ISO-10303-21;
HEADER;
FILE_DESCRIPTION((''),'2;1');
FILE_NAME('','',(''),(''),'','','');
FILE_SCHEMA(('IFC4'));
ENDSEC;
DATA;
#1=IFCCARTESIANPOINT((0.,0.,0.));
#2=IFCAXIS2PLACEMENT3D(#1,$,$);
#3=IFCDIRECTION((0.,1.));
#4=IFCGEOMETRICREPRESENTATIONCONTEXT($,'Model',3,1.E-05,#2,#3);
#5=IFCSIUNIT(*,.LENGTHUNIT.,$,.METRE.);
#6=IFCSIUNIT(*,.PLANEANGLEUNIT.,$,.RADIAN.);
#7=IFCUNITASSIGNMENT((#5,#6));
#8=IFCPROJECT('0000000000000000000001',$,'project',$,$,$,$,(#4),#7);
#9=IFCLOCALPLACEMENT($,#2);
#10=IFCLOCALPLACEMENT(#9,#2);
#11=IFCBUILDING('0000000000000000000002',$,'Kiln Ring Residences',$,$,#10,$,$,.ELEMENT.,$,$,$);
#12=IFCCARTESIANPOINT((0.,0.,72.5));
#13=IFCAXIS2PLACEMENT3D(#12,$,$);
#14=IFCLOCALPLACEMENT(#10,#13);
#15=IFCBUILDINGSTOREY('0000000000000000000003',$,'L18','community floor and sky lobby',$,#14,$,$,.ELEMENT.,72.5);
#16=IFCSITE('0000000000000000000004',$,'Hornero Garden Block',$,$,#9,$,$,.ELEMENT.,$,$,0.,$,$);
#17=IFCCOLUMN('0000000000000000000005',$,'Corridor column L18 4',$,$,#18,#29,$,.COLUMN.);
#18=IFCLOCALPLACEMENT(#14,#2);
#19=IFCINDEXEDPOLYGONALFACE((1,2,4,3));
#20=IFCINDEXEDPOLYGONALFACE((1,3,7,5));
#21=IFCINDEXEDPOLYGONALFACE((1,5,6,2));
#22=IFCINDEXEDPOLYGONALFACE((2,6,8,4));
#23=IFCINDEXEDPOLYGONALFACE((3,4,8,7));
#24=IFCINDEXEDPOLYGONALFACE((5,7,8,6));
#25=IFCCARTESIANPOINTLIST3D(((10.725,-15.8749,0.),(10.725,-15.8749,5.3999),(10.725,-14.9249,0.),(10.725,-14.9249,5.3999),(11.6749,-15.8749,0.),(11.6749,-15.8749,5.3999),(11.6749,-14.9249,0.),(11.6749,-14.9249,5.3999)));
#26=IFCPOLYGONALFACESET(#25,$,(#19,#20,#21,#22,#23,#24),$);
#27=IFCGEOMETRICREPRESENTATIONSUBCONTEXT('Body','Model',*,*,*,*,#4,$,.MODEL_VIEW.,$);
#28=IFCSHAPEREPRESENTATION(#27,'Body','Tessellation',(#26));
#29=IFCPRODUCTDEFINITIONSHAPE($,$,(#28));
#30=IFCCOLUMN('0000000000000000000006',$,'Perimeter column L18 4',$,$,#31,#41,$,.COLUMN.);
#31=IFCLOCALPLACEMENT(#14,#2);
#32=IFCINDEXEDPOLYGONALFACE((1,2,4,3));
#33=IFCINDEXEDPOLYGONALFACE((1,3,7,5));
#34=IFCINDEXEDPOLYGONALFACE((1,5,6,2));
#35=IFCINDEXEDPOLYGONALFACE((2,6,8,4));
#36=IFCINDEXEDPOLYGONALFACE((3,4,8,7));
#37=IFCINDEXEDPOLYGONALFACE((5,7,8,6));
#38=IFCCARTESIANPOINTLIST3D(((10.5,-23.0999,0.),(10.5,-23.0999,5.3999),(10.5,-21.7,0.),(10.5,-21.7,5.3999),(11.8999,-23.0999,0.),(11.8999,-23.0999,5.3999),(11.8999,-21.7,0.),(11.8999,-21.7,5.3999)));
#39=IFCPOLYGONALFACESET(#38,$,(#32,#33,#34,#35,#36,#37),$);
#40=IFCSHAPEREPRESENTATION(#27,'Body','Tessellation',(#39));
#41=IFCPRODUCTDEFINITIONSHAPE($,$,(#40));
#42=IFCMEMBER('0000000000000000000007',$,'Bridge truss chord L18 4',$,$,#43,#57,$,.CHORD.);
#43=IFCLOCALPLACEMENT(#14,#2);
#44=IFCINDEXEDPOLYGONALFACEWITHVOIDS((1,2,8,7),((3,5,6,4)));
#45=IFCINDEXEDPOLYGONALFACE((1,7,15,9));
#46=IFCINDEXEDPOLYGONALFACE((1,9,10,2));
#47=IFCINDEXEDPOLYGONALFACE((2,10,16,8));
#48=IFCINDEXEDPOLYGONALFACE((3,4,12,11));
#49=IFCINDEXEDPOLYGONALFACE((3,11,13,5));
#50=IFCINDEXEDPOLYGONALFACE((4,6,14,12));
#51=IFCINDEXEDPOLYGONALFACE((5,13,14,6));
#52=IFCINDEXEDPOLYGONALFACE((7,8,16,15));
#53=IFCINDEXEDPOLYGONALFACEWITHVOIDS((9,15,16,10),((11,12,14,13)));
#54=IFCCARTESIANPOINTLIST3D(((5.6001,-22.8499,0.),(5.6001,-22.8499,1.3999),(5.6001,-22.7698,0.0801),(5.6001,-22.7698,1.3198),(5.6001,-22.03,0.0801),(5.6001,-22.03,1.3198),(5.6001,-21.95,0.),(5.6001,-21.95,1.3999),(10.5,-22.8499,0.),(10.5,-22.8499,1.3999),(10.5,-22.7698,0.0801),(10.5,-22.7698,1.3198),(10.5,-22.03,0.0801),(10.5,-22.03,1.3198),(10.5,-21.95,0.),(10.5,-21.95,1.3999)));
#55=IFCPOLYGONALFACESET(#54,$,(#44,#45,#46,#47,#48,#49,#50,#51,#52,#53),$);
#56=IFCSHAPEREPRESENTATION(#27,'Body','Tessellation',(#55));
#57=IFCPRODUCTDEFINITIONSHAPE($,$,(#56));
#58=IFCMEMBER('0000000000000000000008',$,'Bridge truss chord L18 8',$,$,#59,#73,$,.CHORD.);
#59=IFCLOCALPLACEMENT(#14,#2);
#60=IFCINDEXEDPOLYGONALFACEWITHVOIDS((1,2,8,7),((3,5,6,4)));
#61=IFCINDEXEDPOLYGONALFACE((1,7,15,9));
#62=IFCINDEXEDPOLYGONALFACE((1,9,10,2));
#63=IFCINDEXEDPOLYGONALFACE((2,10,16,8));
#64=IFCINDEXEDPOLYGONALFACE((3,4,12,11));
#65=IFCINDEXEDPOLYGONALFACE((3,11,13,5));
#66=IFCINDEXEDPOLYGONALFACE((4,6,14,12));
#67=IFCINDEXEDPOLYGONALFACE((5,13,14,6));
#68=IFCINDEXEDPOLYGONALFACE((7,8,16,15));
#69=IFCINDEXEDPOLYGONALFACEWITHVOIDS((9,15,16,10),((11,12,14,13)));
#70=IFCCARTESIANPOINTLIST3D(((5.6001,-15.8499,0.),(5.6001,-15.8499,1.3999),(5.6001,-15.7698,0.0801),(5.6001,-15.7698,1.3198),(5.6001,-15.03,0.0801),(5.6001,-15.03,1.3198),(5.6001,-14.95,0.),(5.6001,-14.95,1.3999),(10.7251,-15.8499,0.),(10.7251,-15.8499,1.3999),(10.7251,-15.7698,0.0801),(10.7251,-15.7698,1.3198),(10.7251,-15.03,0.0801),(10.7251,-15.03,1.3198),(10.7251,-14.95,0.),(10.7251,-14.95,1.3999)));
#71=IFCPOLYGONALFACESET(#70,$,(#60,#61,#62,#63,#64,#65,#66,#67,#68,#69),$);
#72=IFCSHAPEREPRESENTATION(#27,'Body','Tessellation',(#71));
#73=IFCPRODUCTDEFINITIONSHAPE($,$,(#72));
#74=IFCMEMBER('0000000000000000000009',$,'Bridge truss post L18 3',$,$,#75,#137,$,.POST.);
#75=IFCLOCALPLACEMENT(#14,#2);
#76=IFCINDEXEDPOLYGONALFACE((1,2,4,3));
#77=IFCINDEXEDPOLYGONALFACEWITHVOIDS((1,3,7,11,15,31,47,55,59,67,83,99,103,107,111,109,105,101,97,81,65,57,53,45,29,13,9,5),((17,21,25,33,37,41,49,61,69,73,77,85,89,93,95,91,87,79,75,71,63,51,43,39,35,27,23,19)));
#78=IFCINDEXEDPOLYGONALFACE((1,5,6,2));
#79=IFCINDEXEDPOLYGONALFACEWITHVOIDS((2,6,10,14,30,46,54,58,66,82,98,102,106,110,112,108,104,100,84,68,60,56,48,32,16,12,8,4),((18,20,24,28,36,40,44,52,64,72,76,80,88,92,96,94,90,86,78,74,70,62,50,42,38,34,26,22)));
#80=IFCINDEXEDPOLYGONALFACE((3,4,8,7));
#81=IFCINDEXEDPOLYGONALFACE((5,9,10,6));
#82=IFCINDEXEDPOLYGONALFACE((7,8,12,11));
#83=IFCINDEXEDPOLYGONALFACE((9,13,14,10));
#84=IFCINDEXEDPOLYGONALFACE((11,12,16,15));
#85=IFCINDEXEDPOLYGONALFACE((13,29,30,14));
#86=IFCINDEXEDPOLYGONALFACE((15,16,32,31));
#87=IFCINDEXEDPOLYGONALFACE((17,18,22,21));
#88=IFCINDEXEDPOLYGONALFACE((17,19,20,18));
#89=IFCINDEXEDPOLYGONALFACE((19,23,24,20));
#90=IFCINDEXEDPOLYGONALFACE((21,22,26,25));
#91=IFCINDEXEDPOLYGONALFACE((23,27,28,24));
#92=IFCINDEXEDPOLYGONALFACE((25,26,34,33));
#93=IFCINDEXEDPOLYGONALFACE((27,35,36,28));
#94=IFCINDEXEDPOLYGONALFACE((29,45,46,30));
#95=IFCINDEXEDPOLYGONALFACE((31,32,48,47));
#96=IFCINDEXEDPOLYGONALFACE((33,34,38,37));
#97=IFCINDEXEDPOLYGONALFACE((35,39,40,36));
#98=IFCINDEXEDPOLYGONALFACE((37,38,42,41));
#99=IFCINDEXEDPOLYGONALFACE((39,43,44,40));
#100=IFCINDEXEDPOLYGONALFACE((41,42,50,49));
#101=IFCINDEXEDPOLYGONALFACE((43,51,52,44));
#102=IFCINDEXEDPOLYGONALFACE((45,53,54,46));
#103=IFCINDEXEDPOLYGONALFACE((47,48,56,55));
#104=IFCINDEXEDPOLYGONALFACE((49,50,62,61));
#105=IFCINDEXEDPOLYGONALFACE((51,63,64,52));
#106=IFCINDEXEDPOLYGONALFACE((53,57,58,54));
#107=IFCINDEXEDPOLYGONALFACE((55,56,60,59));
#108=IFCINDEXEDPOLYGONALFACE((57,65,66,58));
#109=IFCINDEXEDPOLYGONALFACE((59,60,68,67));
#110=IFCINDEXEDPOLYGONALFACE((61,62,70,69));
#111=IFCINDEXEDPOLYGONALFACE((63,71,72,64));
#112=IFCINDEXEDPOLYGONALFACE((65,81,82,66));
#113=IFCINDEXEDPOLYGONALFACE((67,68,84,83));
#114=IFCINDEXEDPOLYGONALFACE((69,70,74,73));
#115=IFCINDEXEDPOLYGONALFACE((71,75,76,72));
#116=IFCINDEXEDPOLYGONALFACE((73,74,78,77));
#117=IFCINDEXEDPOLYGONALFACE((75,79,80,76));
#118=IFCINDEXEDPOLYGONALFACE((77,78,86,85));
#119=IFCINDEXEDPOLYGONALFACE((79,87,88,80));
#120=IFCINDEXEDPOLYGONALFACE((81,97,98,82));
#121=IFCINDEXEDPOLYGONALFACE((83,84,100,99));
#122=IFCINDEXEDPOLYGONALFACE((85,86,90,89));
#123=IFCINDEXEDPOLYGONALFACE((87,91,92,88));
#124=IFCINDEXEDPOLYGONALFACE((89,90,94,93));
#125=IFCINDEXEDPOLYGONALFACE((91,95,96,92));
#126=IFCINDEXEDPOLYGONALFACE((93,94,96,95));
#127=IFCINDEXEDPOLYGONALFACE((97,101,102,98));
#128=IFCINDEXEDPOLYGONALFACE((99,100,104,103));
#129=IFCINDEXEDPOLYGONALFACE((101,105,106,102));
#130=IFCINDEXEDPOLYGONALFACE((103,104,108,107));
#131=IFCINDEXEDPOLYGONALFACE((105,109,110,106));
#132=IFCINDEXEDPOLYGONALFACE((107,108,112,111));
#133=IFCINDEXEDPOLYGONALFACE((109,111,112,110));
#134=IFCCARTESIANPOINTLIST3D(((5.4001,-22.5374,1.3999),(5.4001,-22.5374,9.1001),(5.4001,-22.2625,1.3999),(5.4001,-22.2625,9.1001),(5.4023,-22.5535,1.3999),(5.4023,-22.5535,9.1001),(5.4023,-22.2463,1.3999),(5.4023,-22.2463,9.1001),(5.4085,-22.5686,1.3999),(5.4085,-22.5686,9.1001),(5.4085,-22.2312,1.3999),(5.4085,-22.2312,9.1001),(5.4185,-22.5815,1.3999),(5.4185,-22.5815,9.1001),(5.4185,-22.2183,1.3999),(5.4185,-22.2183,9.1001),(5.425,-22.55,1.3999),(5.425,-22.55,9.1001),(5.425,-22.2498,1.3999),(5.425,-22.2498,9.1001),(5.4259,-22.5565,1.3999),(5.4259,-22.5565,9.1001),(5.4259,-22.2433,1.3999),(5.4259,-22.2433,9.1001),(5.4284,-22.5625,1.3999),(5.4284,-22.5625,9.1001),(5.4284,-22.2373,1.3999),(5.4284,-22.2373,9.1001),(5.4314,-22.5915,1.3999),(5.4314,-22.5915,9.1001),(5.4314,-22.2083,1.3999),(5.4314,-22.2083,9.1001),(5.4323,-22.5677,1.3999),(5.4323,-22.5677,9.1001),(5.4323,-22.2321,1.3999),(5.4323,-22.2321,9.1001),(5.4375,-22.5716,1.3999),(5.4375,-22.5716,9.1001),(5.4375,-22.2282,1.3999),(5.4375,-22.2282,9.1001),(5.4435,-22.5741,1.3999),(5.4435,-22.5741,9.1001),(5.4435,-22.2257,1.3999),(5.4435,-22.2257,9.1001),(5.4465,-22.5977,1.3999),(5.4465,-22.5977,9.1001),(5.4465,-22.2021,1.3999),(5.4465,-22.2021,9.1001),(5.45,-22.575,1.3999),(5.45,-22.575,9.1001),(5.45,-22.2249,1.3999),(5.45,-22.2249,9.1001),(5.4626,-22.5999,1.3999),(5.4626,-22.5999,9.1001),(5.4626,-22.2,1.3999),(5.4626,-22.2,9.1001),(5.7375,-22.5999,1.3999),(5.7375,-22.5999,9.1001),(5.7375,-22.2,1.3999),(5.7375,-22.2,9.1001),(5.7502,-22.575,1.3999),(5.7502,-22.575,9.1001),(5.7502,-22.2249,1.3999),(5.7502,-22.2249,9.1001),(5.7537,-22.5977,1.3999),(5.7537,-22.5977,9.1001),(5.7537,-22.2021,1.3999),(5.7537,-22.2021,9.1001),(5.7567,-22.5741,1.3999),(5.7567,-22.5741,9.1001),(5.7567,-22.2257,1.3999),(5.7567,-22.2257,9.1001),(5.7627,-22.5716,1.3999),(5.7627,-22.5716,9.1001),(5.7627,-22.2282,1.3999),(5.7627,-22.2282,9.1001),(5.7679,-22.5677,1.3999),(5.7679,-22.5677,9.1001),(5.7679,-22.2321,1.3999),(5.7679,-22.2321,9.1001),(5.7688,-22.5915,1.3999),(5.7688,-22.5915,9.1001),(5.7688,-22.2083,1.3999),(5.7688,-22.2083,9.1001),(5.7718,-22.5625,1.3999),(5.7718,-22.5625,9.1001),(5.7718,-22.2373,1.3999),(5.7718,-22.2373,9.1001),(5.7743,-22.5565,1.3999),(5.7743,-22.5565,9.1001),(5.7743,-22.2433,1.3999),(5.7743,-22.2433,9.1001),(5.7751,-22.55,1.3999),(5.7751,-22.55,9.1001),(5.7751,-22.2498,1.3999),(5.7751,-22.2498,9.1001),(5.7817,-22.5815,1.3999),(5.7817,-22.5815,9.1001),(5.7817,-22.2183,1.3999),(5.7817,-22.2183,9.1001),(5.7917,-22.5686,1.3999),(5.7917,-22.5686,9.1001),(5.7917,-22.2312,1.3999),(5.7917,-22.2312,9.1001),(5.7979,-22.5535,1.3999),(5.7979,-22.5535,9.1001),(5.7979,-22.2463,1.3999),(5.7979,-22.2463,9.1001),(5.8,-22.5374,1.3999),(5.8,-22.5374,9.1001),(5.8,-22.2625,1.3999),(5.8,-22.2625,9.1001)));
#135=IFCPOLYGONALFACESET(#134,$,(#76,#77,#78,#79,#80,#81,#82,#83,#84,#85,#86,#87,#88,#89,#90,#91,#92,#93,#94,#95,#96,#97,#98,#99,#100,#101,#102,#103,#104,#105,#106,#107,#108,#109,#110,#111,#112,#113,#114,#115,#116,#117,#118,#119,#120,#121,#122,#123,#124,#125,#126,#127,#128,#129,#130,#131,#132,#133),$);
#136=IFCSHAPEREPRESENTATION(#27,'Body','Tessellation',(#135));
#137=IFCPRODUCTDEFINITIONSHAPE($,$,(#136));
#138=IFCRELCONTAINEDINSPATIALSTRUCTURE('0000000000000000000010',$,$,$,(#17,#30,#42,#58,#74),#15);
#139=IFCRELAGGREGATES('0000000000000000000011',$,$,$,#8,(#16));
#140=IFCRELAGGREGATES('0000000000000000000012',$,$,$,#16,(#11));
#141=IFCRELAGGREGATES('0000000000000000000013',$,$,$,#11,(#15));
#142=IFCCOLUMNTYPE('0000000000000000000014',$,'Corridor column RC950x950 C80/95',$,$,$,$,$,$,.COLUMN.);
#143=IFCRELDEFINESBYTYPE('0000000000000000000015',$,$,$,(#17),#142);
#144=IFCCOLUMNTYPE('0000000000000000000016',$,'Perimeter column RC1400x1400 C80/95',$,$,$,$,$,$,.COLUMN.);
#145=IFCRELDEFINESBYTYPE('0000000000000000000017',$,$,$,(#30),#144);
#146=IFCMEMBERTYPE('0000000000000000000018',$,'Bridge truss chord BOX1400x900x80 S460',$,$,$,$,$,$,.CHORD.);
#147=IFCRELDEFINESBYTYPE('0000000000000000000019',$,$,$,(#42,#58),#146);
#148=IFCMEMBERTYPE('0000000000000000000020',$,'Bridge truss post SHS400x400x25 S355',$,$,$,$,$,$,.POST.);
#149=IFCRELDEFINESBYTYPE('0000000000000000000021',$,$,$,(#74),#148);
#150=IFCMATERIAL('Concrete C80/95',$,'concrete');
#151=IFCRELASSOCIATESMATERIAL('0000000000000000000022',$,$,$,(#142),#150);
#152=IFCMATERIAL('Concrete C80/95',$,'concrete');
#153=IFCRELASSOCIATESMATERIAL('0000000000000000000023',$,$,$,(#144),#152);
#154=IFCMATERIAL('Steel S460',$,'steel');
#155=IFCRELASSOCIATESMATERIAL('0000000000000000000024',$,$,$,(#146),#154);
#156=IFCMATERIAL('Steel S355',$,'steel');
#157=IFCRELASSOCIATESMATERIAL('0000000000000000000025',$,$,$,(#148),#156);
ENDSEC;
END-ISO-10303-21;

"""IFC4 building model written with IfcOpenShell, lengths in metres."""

from ifc_helpers import new_model, si_unit, direction, frame, origin, origin_2d, place, context, subcontext, project, spatial, rectangle, hollow_rectangle, extrude, material, material_profile, profile_set, type_object, element, save


model = new_model("IFC4")

# Units and contexts
model_context = context("Model", 3, precision=1e-05, world=origin(), true_north=direction((0.0, 1.0)))
body_context = subcontext(model_context, "Body", "Model", "MODEL_VIEW")
ifc_project = project(units=[si_unit("LENGTHUNIT", "METRE"), si_unit("PLANEANGLEUNIT", "RADIAN")], contexts=[model_context])

# Site, building, storey
site_placement = place(None, origin())
site = spatial("IfcSite", under=ifc_project, at=site_placement, Name="Hornero Garden Block", CompositionType="ELEMENT", RefElevation=0.0)
building_placement = place(site_placement, origin())
building = spatial("IfcBuilding", under=site, at=building_placement, Name="Kiln Ring Residences", CompositionType="ELEMENT")
storey_placement = place(building_placement, frame((0.0, 0.0, 72.5)))
storey = spatial("IfcBuildingStorey", under=building, at=storey_placement, Name="L18", Description="community floor and sky lobby", CompositionType="ELEMENT", Elevation=72.5)

# Columns
ifc_material_1 = material(Name="Concrete C80/95", Category="concrete")
ifc_material_profile_1 = material_profile(ifc_material_1, rectangle(XDim=0.95, YDim=0.95, at=origin_2d()), Name="RC950x950")
ifc_profile_set_1 = profile_set([ifc_material_profile_1], Name="Concrete C80/95")
column_type_1 = type_object("IfcColumnType", Name="Corridor column RC950x950 C80/95", PredefinedType="COLUMN", material=ifc_profile_set_1)
column_1_placement = place(storey_placement, frame((11.2, -15.3999, 0.0), z_axis=(0.0, 0.0, 1.0), x_axis=(1.0, 0.0, 0.0)))
element("IfcColumn", 1, at=column_1_placement, inside=storey, type_object=column_type_1, Name="Corridor column L18 4", PredefinedType="COLUMN", context=body_context, shape_type="SweptSolid", body=[
    extrude(rectangle(XDim=0.95, YDim=0.95, at=origin_2d()), origin(), (0.0, 0.0, 1.0), 5.3999),
])
ifc_material_2 = material(Name="Concrete C80/95", Category="concrete")
ifc_material_profile_2 = material_profile(ifc_material_2, rectangle(XDim=1.3999, YDim=1.3999, at=origin_2d()), Name="RC1400x1400")
ifc_profile_set_2 = profile_set([ifc_material_profile_2], Name="Concrete C80/95")
column_type_2 = type_object("IfcColumnType", Name="Perimeter column RC1400x1400 C80/95", PredefinedType="COLUMN", material=ifc_profile_set_2)
column_2_placement = place(storey_placement, frame((11.2, -22.3999, 0.0), z_axis=(0.0, 0.0, 1.0), x_axis=(1.0, 0.0, 0.0)))
element("IfcColumn", 2, at=column_2_placement, inside=storey, type_object=column_type_2, Name="Perimeter column L18 4", PredefinedType="COLUMN", context=body_context, shape_type="SweptSolid", body=[
    extrude(rectangle(XDim=1.3999, YDim=1.3999, at=origin_2d()), origin(), (0.0, 0.0, 1.0), 5.3999),
])

# Members
ifc_material_3 = material(Name="Steel S460", Category="steel")
ifc_material_profile_3 = material_profile(ifc_material_3, hollow_rectangle(XDim=0.8999, YDim=1.3999, WallThickness=0.0801, at=origin_2d()), Name="BOX1400x900x80")
ifc_profile_set_3 = profile_set([ifc_material_profile_3], Name="Steel S460")
member_type_1 = type_object("IfcMemberType", Name="Bridge truss chord BOX1400x900x80 S460", PredefinedType="CHORD", material=ifc_profile_set_3)
member_1_placement = place(storey_placement, frame((5.6001, -22.3999, 0.7), z_axis=(1.0, 0.0, 0.0), x_axis=(0.0, 1.0, 0.0)))
element("IfcMember", 3, at=member_1_placement, inside=storey, type_object=member_type_1, Name="Bridge truss chord L18 4", PredefinedType="CHORD", context=body_context, shape_type="SweptSolid", body=[
    extrude(hollow_rectangle(XDim=0.8999, YDim=1.3999, WallThickness=0.0801, at=origin_2d()), origin(), (0.0, 0.0, 1.0), 4.8999),
])
member_2_placement = place(storey_placement, frame((5.6001, -15.3999, 0.7), z_axis=(1.0, 0.0, 0.0), x_axis=(0.0, 1.0, 0.0)))
element("IfcMember", 4, at=member_2_placement, inside=storey, type_object=member_type_1, Name="Bridge truss chord L18 8", PredefinedType="CHORD", context=body_context, shape_type="SweptSolid", body=[
    extrude(hollow_rectangle(XDim=0.8999, YDim=1.3999, WallThickness=0.0801, at=origin_2d()), origin(), (0.0, 0.0, 1.0), 5.125),
])
ifc_material_4 = material(Name="Steel S355", Category="steel")
ifc_material_profile_4 = material_profile(ifc_material_4, hollow_rectangle(XDim=0.3999, YDim=0.3999, WallThickness=0.0249, InnerFilletRadius=0.0249, OuterFilletRadius=0.0625, at=origin_2d()), Name="SHS400x400x25")
ifc_profile_set_4 = profile_set([ifc_material_profile_4], Name="Steel S355")
member_type_2 = type_object("IfcMemberType", Name="Bridge truss post SHS400x400x25 S355", PredefinedType="POST", material=ifc_profile_set_4)
for number, where, z_axis, x_axis, name in (
    (5, (5.6001, -22.3999, 1.3999), (0.0, 0.0, 1.0), (1.0, 0.0, 0.0), "Bridge truss post L18 3"),
):
    element("IfcMember", number, at=place(storey_placement, frame(where, z_axis=z_axis, x_axis=x_axis)), inside=storey, type_object=member_type_2, Name=name, PredefinedType="POST", context=body_context, shape_type="SweptSolid", body=[
        extrude(hollow_rectangle(XDim=0.3999, YDim=0.3999, WallThickness=0.0249, InnerFilletRadius=0.0249, OuterFilletRadius=0.0625, at=origin_2d()), origin(), (0.0, 0.0, 1.0), 7.7002),
    ])

save(model, "model.ifc")
